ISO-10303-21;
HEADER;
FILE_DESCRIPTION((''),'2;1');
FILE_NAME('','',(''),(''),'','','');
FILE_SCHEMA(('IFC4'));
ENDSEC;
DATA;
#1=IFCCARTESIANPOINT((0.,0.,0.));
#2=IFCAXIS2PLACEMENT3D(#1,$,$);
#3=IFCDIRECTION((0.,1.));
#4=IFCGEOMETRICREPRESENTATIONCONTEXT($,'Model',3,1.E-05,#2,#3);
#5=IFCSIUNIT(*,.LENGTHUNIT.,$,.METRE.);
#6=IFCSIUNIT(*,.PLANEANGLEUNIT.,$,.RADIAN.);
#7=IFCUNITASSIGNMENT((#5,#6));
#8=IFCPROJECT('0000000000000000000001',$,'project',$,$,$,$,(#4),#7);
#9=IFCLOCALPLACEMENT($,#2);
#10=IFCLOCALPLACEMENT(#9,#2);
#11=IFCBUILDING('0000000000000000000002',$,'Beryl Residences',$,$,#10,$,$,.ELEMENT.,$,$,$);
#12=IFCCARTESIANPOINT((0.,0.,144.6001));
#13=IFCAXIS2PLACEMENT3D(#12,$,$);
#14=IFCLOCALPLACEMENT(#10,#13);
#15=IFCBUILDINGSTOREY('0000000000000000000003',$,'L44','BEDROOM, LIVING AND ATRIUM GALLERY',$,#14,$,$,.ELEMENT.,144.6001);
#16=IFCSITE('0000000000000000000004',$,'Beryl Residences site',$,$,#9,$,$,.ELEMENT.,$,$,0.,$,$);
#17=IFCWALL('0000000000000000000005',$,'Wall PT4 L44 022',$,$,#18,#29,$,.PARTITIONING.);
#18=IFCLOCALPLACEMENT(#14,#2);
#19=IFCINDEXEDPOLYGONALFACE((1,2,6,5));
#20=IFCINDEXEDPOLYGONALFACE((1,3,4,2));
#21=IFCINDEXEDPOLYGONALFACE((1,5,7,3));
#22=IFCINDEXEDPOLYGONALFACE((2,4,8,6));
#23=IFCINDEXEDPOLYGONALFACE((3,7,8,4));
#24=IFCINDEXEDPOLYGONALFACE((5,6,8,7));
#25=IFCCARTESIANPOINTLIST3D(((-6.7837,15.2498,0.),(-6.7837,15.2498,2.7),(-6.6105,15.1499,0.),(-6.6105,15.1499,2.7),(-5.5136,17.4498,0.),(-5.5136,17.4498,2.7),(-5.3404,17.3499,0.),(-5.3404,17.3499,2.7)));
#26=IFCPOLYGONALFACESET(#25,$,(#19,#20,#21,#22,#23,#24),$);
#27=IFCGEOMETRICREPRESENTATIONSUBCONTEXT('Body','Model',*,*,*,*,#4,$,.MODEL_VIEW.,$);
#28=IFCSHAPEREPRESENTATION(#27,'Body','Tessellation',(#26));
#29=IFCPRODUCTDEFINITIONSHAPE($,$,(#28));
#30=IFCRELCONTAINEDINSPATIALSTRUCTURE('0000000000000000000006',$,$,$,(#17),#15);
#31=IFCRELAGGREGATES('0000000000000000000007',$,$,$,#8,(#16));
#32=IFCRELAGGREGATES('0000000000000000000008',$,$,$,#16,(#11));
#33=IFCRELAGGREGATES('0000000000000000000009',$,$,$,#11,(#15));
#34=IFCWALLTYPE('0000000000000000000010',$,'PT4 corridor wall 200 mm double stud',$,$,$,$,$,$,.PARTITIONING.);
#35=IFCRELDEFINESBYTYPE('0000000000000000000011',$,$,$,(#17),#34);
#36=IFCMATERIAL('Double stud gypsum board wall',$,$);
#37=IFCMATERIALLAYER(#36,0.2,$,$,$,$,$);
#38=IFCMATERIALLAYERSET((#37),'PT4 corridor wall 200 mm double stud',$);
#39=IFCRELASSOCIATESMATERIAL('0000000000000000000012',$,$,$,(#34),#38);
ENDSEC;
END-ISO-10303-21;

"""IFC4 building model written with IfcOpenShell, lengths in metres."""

from ifc_helpers import new_model, si_unit, direction, frame, frame_2d, origin, place, context, subcontext, project, spatial, rectangle, extrude, material, layer, layer_set, type_object, element, save


model = new_model("IFC4")

# Units and contexts
model_context = context("Model", 3, precision=1e-05, world=origin(), true_north=direction((0.0, 1.0)))
body_context = subcontext(model_context, "Body", "Model", "MODEL_VIEW")
ifc_project = project(units=[si_unit("LENGTHUNIT", "METRE"), si_unit("PLANEANGLEUNIT", "RADIAN")], contexts=[model_context])

# Site, building, storey
site_placement = place(None, origin())
site = spatial("IfcSite", under=ifc_project, at=site_placement, Name="Beryl Residences site", CompositionType="ELEMENT", RefElevation=0.0)
building_placement = place(site_placement, origin())
building = spatial("IfcBuilding", under=site, at=building_placement, Name="Beryl Residences", CompositionType="ELEMENT")
storey_placement = place(building_placement, frame((0.0, 0.0, 144.6001)))
storey = spatial("IfcBuildingStorey", under=building, at=storey_placement, Name="L44", Description="BEDROOM, LIVING AND ATRIUM GALLERY", CompositionType="ELEMENT", Elevation=144.6001)

# Shared definitions
ifc_material_1 = material(Name="Double stud gypsum board wall")
ifc_layer_1 = layer(ifc_material_1, 0.2)
ifc_layer_set_1 = layer_set([ifc_layer_1], Name="PT4 corridor wall 200 mm double stud")
wall_type_1 = type_object("IfcWallType", Name="PT4 corridor wall 200 mm double stud", PredefinedType="PARTITIONING", material=ifc_layer_set_1)

# Wall
wall_1_placement = place(storey_placement, frame((-6.697, 15.2, 0.0), z_axis=(0.0, 0.0, 1.0), x_axis=(0.499964, 0.866046, 0.0)))
element("IfcWall", 1, at=wall_1_placement, inside=storey, type_object=wall_type_1, Name="Wall PT4 L44 022", PredefinedType="PARTITIONING", context=body_context, shape_type="SweptSolid", body=[
    extrude(rectangle(XDim=2.5403, YDim=0.2, at=frame_2d((1.27, 0.0))), origin(), (0.0, 0.0, 1.0), 2.7),
])

save(model, "model.ifc")
